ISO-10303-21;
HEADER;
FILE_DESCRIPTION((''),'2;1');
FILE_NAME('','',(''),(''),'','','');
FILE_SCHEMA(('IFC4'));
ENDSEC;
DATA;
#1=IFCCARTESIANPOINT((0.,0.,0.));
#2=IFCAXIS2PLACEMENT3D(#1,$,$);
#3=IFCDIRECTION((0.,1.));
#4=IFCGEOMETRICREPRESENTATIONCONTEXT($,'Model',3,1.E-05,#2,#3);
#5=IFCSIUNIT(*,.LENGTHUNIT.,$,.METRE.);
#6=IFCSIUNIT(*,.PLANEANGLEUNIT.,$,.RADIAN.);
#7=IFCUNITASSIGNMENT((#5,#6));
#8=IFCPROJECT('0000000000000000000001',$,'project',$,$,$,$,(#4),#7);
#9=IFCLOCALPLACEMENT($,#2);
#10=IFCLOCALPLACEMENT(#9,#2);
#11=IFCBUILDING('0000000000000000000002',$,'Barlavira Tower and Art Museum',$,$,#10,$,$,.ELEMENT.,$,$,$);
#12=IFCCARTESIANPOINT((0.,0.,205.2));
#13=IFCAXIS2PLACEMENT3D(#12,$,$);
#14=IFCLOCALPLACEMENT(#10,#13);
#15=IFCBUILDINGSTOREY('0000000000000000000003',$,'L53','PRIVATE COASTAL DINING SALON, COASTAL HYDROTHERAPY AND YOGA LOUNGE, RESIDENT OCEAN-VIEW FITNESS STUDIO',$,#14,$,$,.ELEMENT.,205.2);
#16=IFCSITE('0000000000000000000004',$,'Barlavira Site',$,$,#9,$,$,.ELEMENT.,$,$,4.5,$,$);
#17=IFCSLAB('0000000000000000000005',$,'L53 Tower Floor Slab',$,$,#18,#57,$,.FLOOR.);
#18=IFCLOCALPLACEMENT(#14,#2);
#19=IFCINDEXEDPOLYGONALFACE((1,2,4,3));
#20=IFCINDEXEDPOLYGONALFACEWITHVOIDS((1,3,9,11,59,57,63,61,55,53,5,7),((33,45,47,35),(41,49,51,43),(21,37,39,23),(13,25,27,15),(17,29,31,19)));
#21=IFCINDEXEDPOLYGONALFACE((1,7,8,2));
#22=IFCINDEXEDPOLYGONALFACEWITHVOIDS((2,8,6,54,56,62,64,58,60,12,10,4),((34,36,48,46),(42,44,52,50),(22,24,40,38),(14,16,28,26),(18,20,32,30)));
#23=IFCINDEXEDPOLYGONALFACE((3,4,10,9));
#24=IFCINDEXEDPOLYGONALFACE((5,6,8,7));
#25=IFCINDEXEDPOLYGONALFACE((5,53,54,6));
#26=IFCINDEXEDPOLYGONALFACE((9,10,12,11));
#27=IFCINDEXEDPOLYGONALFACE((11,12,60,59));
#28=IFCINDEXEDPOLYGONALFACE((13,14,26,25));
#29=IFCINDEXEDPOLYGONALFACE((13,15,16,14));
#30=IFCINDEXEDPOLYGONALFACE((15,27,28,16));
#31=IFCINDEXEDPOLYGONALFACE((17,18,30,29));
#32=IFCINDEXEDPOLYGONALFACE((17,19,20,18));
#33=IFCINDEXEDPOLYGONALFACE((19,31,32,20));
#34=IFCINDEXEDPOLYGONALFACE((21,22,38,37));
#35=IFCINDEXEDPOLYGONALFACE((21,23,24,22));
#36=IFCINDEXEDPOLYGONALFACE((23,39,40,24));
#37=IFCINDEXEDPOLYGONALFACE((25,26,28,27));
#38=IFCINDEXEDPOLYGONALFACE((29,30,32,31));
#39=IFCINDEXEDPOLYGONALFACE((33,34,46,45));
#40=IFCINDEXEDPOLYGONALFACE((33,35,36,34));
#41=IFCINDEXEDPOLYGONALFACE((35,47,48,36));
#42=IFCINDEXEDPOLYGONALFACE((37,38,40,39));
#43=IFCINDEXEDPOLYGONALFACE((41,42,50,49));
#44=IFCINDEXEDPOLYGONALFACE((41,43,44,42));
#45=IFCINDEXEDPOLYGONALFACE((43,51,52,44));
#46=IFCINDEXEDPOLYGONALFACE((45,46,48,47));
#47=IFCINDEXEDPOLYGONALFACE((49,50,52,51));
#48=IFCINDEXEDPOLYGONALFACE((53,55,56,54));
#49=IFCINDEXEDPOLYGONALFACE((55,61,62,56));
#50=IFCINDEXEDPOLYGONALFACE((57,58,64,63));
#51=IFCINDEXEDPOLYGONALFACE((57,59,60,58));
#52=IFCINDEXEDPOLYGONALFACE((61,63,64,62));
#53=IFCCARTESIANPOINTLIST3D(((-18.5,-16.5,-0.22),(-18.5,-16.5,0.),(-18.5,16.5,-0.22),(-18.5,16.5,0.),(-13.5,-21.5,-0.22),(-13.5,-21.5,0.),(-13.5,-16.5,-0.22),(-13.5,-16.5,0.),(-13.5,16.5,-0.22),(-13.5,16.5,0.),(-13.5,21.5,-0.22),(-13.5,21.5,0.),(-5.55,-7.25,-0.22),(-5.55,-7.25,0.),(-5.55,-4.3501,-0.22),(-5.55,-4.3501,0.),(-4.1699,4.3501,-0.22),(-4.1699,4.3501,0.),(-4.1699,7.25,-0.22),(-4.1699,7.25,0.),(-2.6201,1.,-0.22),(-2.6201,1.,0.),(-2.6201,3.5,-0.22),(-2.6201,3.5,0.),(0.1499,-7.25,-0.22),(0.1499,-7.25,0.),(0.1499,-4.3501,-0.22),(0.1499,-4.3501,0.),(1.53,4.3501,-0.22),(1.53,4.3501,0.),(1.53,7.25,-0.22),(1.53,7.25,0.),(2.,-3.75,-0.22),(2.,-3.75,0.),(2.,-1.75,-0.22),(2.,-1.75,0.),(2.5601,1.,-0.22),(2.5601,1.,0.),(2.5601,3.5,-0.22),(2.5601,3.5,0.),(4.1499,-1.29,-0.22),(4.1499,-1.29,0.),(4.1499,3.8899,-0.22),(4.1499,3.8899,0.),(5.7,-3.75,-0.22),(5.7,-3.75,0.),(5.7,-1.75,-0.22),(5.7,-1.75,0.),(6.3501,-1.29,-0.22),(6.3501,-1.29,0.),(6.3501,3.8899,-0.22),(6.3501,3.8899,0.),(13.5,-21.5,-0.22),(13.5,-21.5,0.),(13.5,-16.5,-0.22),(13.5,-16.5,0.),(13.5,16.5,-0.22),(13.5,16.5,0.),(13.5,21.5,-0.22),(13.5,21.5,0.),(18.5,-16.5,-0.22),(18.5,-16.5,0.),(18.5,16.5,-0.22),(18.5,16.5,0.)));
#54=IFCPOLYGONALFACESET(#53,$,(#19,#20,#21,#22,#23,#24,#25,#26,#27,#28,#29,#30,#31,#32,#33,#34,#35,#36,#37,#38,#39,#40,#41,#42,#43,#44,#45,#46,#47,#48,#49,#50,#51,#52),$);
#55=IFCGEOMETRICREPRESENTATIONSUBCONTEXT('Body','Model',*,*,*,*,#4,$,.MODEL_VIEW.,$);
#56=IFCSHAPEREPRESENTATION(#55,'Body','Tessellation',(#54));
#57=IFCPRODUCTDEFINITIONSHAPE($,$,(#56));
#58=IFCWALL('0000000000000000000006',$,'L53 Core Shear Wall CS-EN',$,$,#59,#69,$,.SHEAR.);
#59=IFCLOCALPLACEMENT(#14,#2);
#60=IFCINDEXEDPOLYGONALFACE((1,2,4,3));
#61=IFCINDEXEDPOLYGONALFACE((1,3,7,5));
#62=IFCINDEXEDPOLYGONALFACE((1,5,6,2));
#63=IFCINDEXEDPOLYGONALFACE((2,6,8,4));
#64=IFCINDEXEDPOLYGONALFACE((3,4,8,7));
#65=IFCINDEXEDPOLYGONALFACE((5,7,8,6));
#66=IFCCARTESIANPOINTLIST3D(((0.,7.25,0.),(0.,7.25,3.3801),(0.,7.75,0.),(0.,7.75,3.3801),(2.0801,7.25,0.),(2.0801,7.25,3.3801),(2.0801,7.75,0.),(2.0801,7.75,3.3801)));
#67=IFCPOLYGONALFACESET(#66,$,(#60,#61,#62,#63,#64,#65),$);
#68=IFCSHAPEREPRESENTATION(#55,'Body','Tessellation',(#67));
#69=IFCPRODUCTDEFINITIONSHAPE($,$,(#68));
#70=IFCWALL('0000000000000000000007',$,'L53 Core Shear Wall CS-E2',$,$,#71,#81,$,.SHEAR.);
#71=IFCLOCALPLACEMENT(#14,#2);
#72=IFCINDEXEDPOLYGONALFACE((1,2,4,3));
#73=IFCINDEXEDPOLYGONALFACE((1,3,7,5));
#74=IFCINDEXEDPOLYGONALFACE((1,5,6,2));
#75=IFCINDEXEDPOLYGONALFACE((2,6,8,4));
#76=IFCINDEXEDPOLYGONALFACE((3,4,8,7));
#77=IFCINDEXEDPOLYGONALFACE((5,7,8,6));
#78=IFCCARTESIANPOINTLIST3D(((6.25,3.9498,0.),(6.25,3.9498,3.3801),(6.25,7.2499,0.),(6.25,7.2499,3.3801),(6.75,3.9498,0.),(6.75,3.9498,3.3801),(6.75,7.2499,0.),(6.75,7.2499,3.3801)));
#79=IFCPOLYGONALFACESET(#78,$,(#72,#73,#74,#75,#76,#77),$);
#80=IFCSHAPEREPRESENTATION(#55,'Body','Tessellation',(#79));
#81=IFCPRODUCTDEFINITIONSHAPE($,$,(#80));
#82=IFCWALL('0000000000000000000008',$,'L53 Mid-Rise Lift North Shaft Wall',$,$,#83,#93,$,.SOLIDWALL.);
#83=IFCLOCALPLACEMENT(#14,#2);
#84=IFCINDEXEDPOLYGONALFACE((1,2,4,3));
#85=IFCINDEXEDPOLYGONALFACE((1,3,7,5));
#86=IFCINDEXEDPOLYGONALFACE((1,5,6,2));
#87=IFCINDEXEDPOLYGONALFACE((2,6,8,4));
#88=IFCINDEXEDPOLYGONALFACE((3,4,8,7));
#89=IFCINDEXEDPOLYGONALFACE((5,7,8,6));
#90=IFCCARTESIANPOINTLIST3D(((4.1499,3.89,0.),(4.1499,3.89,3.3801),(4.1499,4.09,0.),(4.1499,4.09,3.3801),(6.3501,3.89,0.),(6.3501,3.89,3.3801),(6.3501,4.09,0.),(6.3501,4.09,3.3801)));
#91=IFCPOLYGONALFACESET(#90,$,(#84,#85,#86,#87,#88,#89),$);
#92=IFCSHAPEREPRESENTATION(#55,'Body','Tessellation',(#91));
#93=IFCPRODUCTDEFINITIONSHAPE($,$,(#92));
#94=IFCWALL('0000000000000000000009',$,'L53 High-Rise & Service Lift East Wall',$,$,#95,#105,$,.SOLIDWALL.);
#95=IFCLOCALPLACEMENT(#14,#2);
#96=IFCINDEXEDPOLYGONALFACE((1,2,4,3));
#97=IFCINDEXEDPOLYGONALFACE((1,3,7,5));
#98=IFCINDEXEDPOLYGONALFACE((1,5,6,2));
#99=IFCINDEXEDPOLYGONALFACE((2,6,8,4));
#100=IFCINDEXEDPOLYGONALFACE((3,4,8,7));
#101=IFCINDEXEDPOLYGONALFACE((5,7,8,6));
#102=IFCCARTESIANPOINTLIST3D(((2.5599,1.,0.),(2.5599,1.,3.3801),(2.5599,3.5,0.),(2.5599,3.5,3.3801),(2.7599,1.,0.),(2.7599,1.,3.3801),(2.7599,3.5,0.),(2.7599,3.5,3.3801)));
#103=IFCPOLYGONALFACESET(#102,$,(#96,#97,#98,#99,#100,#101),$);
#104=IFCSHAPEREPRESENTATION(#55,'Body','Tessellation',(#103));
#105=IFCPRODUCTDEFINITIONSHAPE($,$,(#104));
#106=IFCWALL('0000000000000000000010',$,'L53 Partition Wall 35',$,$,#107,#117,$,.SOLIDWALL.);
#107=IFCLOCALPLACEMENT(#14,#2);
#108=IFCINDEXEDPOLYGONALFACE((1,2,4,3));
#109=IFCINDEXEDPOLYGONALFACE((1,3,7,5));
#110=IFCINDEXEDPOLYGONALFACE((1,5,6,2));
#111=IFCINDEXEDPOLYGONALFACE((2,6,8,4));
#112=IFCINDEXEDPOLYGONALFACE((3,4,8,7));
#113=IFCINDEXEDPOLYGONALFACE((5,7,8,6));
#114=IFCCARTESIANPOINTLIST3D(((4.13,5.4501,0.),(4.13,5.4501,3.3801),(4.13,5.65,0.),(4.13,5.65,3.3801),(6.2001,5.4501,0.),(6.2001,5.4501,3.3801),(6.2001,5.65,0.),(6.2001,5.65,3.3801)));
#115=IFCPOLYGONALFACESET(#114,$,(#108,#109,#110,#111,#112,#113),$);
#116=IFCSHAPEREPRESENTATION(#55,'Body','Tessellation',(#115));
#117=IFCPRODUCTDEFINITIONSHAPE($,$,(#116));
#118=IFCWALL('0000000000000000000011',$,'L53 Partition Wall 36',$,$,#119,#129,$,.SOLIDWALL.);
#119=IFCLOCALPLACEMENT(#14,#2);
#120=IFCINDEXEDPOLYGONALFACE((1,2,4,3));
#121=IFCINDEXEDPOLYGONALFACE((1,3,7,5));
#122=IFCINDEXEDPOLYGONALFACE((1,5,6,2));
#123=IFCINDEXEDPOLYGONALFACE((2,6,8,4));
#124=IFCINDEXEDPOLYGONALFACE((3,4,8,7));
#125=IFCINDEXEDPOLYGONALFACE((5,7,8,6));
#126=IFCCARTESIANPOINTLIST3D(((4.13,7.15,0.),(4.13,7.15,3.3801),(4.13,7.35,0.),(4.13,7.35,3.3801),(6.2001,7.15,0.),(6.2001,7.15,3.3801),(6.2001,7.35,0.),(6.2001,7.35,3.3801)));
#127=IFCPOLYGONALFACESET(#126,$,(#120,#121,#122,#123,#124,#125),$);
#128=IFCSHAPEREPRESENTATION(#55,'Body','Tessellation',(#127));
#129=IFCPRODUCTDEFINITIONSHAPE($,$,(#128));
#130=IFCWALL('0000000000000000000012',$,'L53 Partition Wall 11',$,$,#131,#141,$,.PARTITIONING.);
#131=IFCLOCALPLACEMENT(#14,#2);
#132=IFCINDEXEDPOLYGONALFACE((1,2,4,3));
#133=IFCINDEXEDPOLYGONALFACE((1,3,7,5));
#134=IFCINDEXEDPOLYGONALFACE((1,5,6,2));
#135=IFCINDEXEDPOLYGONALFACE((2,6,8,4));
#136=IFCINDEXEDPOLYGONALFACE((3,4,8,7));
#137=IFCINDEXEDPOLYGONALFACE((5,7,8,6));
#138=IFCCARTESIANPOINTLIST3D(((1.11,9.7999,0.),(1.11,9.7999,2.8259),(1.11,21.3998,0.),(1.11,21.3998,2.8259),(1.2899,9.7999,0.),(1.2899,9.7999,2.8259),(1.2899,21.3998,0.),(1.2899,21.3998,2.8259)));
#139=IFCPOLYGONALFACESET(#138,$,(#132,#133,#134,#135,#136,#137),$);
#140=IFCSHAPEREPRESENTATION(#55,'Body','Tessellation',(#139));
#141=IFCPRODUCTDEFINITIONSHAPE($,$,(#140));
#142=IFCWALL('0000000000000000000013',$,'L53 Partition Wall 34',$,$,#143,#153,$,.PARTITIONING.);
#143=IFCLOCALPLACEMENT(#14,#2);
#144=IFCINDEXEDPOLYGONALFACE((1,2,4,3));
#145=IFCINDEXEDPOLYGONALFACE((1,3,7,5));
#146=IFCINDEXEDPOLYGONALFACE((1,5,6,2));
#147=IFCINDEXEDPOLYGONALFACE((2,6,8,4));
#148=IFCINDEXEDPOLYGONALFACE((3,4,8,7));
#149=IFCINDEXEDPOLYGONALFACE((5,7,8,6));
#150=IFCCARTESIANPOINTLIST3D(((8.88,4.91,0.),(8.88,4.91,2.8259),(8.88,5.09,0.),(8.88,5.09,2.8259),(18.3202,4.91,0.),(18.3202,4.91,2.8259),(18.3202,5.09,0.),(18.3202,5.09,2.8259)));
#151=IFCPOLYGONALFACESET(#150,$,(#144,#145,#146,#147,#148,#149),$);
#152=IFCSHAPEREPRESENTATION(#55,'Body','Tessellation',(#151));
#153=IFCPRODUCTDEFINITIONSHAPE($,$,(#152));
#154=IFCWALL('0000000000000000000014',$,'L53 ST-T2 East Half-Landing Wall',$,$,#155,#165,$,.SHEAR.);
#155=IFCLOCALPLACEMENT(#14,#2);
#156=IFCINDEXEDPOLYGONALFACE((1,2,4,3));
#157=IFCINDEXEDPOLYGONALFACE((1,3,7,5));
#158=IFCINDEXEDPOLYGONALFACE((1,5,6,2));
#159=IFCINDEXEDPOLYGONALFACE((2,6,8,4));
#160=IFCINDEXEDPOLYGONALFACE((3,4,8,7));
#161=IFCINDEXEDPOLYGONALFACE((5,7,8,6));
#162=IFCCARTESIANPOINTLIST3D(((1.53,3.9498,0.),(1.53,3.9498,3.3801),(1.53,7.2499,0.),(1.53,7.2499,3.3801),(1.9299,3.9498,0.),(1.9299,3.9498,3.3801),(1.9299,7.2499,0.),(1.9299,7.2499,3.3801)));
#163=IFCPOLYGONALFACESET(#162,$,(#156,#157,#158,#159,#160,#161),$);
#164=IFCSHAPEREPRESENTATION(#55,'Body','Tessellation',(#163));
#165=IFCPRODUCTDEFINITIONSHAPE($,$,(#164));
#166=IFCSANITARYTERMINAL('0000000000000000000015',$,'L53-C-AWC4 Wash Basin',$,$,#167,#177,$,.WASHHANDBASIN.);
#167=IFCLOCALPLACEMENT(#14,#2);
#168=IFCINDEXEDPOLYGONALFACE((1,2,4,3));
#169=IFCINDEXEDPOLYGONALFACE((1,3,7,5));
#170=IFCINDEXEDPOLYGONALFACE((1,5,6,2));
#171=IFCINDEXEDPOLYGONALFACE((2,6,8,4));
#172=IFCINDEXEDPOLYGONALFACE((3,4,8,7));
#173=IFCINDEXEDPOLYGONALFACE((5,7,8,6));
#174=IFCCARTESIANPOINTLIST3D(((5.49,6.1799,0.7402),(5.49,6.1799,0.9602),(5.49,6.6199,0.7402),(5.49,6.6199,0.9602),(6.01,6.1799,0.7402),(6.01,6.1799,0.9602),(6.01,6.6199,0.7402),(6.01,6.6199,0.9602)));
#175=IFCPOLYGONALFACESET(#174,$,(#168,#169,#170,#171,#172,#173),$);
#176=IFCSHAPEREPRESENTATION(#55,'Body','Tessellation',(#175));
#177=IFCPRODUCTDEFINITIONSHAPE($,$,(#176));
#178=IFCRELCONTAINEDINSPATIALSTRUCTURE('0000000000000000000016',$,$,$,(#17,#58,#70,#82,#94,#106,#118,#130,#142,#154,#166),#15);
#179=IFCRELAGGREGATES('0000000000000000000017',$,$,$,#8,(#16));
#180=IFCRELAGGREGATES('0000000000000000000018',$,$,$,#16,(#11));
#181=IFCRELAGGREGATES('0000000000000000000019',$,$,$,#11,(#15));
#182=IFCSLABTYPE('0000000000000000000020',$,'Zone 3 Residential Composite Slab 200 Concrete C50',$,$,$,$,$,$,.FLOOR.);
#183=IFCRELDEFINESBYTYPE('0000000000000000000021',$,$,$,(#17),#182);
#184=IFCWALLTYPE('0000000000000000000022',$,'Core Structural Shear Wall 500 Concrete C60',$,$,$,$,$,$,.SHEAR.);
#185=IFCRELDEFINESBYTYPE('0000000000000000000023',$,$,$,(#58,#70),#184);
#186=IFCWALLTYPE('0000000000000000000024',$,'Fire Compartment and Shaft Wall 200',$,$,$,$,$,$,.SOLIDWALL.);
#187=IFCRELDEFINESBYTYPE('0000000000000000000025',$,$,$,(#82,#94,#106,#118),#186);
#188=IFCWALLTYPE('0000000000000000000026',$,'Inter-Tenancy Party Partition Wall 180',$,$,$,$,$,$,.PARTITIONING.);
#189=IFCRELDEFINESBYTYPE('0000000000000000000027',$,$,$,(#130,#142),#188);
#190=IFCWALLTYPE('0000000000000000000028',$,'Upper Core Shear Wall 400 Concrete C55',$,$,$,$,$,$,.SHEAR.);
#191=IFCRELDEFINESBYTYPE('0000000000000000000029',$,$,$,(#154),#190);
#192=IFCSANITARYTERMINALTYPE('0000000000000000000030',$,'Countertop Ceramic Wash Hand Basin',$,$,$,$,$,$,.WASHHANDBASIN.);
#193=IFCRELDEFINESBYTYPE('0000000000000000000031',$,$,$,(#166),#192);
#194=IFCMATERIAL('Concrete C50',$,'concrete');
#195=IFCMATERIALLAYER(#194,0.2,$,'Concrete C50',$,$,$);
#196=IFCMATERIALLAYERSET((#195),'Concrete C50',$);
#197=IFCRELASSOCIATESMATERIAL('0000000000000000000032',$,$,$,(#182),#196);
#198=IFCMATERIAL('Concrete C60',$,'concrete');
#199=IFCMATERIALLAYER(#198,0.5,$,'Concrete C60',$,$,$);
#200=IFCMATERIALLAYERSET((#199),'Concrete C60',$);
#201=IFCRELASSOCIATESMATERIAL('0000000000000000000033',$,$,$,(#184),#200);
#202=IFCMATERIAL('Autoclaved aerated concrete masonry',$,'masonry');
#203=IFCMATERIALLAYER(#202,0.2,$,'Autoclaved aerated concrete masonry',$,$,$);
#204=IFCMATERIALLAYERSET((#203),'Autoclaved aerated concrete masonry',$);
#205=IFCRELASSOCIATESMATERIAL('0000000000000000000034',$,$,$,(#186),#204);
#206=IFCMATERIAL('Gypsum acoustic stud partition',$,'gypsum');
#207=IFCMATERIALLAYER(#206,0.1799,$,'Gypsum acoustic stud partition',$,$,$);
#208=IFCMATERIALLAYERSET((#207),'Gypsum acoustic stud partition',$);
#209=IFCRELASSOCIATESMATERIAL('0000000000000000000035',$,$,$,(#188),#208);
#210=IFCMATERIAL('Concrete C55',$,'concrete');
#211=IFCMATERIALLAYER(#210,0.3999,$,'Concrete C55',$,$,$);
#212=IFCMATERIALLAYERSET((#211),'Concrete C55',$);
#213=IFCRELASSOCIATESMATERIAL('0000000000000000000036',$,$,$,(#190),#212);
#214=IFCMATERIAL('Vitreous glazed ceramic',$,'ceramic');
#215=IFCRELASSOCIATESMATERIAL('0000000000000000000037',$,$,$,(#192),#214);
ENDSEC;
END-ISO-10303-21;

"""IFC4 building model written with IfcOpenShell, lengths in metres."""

from ifc_helpers import new_model, si_unit, direction, frame, frame_2d, origin, origin_2d, place, context, subcontext, project, spatial, polyline, rectangle, outline, extrude, material, layer, layer_set, type_object, element, save


model = new_model("IFC4")

# Units and contexts
model_context = context("Model", 3, precision=1e-05, world=origin(), true_north=direction((0.0, 1.0)))
body_context = subcontext(model_context, "Body", "Model", "MODEL_VIEW")
ifc_project = project(units=[si_unit("LENGTHUNIT", "METRE"), si_unit("PLANEANGLEUNIT", "RADIAN")], contexts=[model_context])

# Site, building, storey
site_placement = place(None, origin())
site = spatial("IfcSite", under=ifc_project, at=site_placement, Name="Barlavira Site", CompositionType="ELEMENT", RefElevation=4.5)
building_placement = place(site_placement, origin())
building = spatial("IfcBuilding", under=site, at=building_placement, Name="Barlavira Tower and Art Museum", CompositionType="ELEMENT")
storey_placement = place(building_placement, frame((0.0, 0.0, 205.2)))
storey = spatial("IfcBuildingStorey", under=building, at=storey_placement, Name="L53", Description="PRIVATE COASTAL DINING SALON, COASTAL HYDROTHERAPY AND YOGA LOUNGE, RESIDENT OCEAN-VIEW FITNESS STUDIO", CompositionType="ELEMENT", Elevation=205.2)

# Slab
ifc_material_1 = material(Name="Concrete C50", Category="concrete")
ifc_layer_1 = layer(ifc_material_1, 0.2, Name="Concrete C50")
ifc_layer_set_1 = layer_set([ifc_layer_1], Name="Concrete C50")
slab_type_1 = type_object("IfcSlabType", Name="Zone 3 Residential Composite Slab 200 Concrete C50", PredefinedType="FLOOR", material=ifc_layer_set_1)
slab_1_placement = place(storey_placement, frame((0.0, 0.0, -0.22)))
element("IfcSlab", 1, at=slab_1_placement, inside=storey, type_object=slab_type_1, Name="L53 Tower Floor Slab", PredefinedType="FLOOR", context=body_context, shape_type="SweptSolid", body=[
    extrude(outline(polyline([(-13.5, -21.5), (13.5, -21.5), (13.5, -16.5), (18.5, -16.5), (18.5, 16.5), (13.5, 16.5), (13.5, 21.5), (-13.5, 21.5), (-13.5, 16.5), (-18.5, 16.5), (-18.5, -16.5), (-13.5, -16.5), (-13.5, -21.5)]), holes=[polyline([(0.1499, -4.3501), (-5.55, -4.3501), (-5.55, -7.25), (0.1499, -7.25), (0.1499, -4.3501)]), polyline([(-4.1699, 4.3501), (1.53, 4.3501), (1.53, 7.25), (-4.1699, 7.25), (-4.1699, 4.3501)]), polyline([(4.1499, -1.29), (6.3501, -1.29), (6.3501, 3.8899), (4.1499, 3.8899), (4.1499, -1.29)]), polyline([(-2.6201, 1.0), (2.5601, 1.0), (2.5601, 3.5), (-2.6201, 3.5), (-2.6201, 1.0)]), polyline([(2.0, -3.75), (5.7, -3.75), (5.7, -1.75), (2.0, -1.75), (2.0, -3.75)])]), origin(), (0.0, 0.0, 1.0), 0.22),
])

# Walls
ifc_material_2 = material(Name="Concrete C60", Category="concrete")
ifc_layer_2 = layer(ifc_material_2, 0.5, Name="Concrete C60")
ifc_layer_set_2 = layer_set([ifc_layer_2], Name="Concrete C60")
wall_type_1 = type_object("IfcWallType", Name="Core Structural Shear Wall 500 Concrete C60", PredefinedType="SHEAR", material=ifc_layer_set_2)
wall_1_placement = place(storey_placement, frame((0.0, 7.5, 0.0), z_axis=(0.0, 0.0, 1.0), x_axis=(1.0, 0.0, 0.0)))
element("IfcWall", 2, at=wall_1_placement, inside=storey, type_object=wall_type_1, Name="L53 Core Shear Wall CS-EN", PredefinedType="SHEAR", context=body_context, shape_type="SweptSolid", body=[
    extrude(rectangle(XDim=2.0801, YDim=0.5, at=frame_2d((1.04, 0.0))), origin(), (0.0, 0.0, 1.0), 3.3801),
])
wall_2_placement = place(storey_placement, frame((6.5, 3.95, 0.0), z_axis=(0.0, 0.0, 1.0), x_axis=(0.0, 1.0, 0.0)))
element("IfcWall", 3, at=wall_2_placement, inside=storey, type_object=wall_type_1, Name="L53 Core Shear Wall CS-E2", PredefinedType="SHEAR", context=body_context, shape_type="SweptSolid", body=[
    extrude(rectangle(XDim=3.3, YDim=0.5, at=frame_2d((1.6499, 0.0))), origin(), (0.0, 0.0, 1.0), 3.3801),
])
ifc_material_3 = material(Name="Autoclaved aerated concrete masonry", Category="masonry")
ifc_layer_3 = layer(ifc_material_3, 0.2, Name="Autoclaved aerated concrete masonry")
ifc_layer_set_3 = layer_set([ifc_layer_3], Name="Autoclaved aerated concrete masonry")
wall_type_2 = type_object("IfcWallType", Name="Fire Compartment and Shaft Wall 200", PredefinedType="SOLIDWALL", material=ifc_layer_set_3)
wall_3_placement = place(storey_placement, frame((4.1499, 3.99, 0.0), z_axis=(0.0, 0.0, 1.0), x_axis=(1.0, 0.0, 0.0)))
element("IfcWall", 4, at=wall_3_placement, inside=storey, type_object=wall_type_2, Name="L53 Mid-Rise Lift North Shaft Wall", PredefinedType="SOLIDWALL", context=body_context, shape_type="SweptSolid", body=[
    extrude(rectangle(XDim=2.2002, YDim=0.2, at=frame_2d((1.1001, 0.0))), origin(), (0.0, 0.0, 1.0), 3.3801),
])
wall_4_placement = place(storey_placement, frame((2.6599, 1.0, 0.0), z_axis=(0.0, 0.0, 1.0), x_axis=(0.0, 1.0, 0.0)))
element("IfcWall", 5, at=wall_4_placement, inside=storey, type_object=wall_type_2, Name="L53 High-Rise & Service Lift East Wall", PredefinedType="SOLIDWALL", context=body_context, shape_type="SweptSolid", body=[
    extrude(rectangle(XDim=2.5, YDim=0.2, at=frame_2d((1.25, 0.0))), origin(), (0.0, 0.0, 1.0), 3.3801),
])

# Walls
for number, where, z_axis, x_axis, name in (
    (6, (4.1299, 5.55, 0.0), (0.0, 0.0, 1.0), (1.0, 0.0, 0.0), "L53 Partition Wall 35"),
    (7, (4.1299, 7.25, 0.0), (0.0, 0.0, 1.0), (1.0, 0.0, 0.0), "L53 Partition Wall 36"),
):
    element("IfcWall", number, at=place(storey_placement, frame(where, z_axis=z_axis, x_axis=x_axis)), inside=storey, type_object=wall_type_2, Name=name, PredefinedType="SOLIDWALL", context=body_context, shape_type="SweptSolid", body=[
        extrude(rectangle(XDim=2.0701, YDim=0.2, at=frame_2d((1.0352, 0.0))), origin(), (0.0, 0.0, 1.0), 3.3801),
    ])
ifc_material_4 = material(Name="Gypsum acoustic stud partition", Category="gypsum")
ifc_layer_4 = layer(ifc_material_4, 0.1799, Name="Gypsum acoustic stud partition")
ifc_layer_set_4 = layer_set([ifc_layer_4], Name="Gypsum acoustic stud partition")
wall_type_3 = type_object("IfcWallType", Name="Inter-Tenancy Party Partition Wall 180", PredefinedType="PARTITIONING", material=ifc_layer_set_4)
wall_5_placement = place(storey_placement, frame((1.2, 9.8, 0.0), z_axis=(0.0, 0.0, 1.0), x_axis=(0.0, 1.0, 0.0)))
element("IfcWall", 8, at=wall_5_placement, inside=storey, type_object=wall_type_3, Name="L53 Partition Wall 11", PredefinedType="PARTITIONING", context=body_context, shape_type="SweptSolid", body=[
    extrude(rectangle(XDim=11.5999, YDim=0.1799, at=frame_2d((5.7998, 0.0))), origin(), (0.0, 0.0, 1.0), 2.8259),
])
wall_6_placement = place(storey_placement, frame((8.8799, 5.0, 0.0), z_axis=(0.0, 0.0, 1.0), x_axis=(1.0, 0.0, 0.0)))
element("IfcWall", 9, at=wall_6_placement, inside=storey, type_object=wall_type_3, Name="L53 Partition Wall 34", PredefinedType="PARTITIONING", context=body_context, shape_type="SweptSolid", body=[
    extrude(rectangle(XDim=9.4402, YDim=0.1799, at=frame_2d((4.7202, 0.0))), origin(), (0.0, 0.0, 1.0), 2.8259),
])

# Wall
ifc_material_5 = material(Name="Concrete C55", Category="concrete")
ifc_layer_5 = layer(ifc_material_5, 0.3999, Name="Concrete C55")
ifc_layer_set_5 = layer_set([ifc_layer_5], Name="Concrete C55")
wall_type_4 = type_object("IfcWallType", Name="Upper Core Shear Wall 400 Concrete C55", PredefinedType="SHEAR", material=ifc_layer_set_5)
wall_7_placement = place(storey_placement, frame((1.73, 3.95, 0.0), z_axis=(0.0, 0.0, 1.0), x_axis=(0.0, 1.0, 0.0)))
element("IfcWall", 10, at=wall_7_placement, inside=storey, type_object=wall_type_4, Name="L53 ST-T2 East Half-Landing Wall", PredefinedType="SHEAR", context=body_context, shape_type="SweptSolid", body=[
    extrude(rectangle(XDim=3.3, YDim=0.3999, at=frame_2d((1.6499, 0.0))), origin(), (0.0, 0.0, 1.0), 3.3801),
])

# Sanitary terminal
ifc_material_6 = material(Name="Vitreous glazed ceramic", Category="ceramic")
sanitary_terminal_type_1 = type_object("IfcSanitaryTerminalType", Name="Countertop Ceramic Wash Hand Basin", PredefinedType="WASHHANDBASIN", material=ifc_material_6)
sanitary_terminal_1_placement = place(storey_placement, frame((5.75, 6.3999, 0.7402), z_axis=(0.0, 0.0, 1.0), x_axis=(1.0, 0.0, 0.0)))
element("IfcSanitaryTerminal", 11, at=sanitary_terminal_1_placement, inside=storey, type_object=sanitary_terminal_type_1, Name="L53-C-AWC4 Wash Basin", PredefinedType="WASHHANDBASIN", context=body_context, shape_type="SweptSolid", body=[
    extrude(rectangle(XDim=0.52, YDim=0.4399, at=origin_2d()), origin(), (0.0, 0.0, 1.0), 0.22),
])

save(model, "model.ifc")
